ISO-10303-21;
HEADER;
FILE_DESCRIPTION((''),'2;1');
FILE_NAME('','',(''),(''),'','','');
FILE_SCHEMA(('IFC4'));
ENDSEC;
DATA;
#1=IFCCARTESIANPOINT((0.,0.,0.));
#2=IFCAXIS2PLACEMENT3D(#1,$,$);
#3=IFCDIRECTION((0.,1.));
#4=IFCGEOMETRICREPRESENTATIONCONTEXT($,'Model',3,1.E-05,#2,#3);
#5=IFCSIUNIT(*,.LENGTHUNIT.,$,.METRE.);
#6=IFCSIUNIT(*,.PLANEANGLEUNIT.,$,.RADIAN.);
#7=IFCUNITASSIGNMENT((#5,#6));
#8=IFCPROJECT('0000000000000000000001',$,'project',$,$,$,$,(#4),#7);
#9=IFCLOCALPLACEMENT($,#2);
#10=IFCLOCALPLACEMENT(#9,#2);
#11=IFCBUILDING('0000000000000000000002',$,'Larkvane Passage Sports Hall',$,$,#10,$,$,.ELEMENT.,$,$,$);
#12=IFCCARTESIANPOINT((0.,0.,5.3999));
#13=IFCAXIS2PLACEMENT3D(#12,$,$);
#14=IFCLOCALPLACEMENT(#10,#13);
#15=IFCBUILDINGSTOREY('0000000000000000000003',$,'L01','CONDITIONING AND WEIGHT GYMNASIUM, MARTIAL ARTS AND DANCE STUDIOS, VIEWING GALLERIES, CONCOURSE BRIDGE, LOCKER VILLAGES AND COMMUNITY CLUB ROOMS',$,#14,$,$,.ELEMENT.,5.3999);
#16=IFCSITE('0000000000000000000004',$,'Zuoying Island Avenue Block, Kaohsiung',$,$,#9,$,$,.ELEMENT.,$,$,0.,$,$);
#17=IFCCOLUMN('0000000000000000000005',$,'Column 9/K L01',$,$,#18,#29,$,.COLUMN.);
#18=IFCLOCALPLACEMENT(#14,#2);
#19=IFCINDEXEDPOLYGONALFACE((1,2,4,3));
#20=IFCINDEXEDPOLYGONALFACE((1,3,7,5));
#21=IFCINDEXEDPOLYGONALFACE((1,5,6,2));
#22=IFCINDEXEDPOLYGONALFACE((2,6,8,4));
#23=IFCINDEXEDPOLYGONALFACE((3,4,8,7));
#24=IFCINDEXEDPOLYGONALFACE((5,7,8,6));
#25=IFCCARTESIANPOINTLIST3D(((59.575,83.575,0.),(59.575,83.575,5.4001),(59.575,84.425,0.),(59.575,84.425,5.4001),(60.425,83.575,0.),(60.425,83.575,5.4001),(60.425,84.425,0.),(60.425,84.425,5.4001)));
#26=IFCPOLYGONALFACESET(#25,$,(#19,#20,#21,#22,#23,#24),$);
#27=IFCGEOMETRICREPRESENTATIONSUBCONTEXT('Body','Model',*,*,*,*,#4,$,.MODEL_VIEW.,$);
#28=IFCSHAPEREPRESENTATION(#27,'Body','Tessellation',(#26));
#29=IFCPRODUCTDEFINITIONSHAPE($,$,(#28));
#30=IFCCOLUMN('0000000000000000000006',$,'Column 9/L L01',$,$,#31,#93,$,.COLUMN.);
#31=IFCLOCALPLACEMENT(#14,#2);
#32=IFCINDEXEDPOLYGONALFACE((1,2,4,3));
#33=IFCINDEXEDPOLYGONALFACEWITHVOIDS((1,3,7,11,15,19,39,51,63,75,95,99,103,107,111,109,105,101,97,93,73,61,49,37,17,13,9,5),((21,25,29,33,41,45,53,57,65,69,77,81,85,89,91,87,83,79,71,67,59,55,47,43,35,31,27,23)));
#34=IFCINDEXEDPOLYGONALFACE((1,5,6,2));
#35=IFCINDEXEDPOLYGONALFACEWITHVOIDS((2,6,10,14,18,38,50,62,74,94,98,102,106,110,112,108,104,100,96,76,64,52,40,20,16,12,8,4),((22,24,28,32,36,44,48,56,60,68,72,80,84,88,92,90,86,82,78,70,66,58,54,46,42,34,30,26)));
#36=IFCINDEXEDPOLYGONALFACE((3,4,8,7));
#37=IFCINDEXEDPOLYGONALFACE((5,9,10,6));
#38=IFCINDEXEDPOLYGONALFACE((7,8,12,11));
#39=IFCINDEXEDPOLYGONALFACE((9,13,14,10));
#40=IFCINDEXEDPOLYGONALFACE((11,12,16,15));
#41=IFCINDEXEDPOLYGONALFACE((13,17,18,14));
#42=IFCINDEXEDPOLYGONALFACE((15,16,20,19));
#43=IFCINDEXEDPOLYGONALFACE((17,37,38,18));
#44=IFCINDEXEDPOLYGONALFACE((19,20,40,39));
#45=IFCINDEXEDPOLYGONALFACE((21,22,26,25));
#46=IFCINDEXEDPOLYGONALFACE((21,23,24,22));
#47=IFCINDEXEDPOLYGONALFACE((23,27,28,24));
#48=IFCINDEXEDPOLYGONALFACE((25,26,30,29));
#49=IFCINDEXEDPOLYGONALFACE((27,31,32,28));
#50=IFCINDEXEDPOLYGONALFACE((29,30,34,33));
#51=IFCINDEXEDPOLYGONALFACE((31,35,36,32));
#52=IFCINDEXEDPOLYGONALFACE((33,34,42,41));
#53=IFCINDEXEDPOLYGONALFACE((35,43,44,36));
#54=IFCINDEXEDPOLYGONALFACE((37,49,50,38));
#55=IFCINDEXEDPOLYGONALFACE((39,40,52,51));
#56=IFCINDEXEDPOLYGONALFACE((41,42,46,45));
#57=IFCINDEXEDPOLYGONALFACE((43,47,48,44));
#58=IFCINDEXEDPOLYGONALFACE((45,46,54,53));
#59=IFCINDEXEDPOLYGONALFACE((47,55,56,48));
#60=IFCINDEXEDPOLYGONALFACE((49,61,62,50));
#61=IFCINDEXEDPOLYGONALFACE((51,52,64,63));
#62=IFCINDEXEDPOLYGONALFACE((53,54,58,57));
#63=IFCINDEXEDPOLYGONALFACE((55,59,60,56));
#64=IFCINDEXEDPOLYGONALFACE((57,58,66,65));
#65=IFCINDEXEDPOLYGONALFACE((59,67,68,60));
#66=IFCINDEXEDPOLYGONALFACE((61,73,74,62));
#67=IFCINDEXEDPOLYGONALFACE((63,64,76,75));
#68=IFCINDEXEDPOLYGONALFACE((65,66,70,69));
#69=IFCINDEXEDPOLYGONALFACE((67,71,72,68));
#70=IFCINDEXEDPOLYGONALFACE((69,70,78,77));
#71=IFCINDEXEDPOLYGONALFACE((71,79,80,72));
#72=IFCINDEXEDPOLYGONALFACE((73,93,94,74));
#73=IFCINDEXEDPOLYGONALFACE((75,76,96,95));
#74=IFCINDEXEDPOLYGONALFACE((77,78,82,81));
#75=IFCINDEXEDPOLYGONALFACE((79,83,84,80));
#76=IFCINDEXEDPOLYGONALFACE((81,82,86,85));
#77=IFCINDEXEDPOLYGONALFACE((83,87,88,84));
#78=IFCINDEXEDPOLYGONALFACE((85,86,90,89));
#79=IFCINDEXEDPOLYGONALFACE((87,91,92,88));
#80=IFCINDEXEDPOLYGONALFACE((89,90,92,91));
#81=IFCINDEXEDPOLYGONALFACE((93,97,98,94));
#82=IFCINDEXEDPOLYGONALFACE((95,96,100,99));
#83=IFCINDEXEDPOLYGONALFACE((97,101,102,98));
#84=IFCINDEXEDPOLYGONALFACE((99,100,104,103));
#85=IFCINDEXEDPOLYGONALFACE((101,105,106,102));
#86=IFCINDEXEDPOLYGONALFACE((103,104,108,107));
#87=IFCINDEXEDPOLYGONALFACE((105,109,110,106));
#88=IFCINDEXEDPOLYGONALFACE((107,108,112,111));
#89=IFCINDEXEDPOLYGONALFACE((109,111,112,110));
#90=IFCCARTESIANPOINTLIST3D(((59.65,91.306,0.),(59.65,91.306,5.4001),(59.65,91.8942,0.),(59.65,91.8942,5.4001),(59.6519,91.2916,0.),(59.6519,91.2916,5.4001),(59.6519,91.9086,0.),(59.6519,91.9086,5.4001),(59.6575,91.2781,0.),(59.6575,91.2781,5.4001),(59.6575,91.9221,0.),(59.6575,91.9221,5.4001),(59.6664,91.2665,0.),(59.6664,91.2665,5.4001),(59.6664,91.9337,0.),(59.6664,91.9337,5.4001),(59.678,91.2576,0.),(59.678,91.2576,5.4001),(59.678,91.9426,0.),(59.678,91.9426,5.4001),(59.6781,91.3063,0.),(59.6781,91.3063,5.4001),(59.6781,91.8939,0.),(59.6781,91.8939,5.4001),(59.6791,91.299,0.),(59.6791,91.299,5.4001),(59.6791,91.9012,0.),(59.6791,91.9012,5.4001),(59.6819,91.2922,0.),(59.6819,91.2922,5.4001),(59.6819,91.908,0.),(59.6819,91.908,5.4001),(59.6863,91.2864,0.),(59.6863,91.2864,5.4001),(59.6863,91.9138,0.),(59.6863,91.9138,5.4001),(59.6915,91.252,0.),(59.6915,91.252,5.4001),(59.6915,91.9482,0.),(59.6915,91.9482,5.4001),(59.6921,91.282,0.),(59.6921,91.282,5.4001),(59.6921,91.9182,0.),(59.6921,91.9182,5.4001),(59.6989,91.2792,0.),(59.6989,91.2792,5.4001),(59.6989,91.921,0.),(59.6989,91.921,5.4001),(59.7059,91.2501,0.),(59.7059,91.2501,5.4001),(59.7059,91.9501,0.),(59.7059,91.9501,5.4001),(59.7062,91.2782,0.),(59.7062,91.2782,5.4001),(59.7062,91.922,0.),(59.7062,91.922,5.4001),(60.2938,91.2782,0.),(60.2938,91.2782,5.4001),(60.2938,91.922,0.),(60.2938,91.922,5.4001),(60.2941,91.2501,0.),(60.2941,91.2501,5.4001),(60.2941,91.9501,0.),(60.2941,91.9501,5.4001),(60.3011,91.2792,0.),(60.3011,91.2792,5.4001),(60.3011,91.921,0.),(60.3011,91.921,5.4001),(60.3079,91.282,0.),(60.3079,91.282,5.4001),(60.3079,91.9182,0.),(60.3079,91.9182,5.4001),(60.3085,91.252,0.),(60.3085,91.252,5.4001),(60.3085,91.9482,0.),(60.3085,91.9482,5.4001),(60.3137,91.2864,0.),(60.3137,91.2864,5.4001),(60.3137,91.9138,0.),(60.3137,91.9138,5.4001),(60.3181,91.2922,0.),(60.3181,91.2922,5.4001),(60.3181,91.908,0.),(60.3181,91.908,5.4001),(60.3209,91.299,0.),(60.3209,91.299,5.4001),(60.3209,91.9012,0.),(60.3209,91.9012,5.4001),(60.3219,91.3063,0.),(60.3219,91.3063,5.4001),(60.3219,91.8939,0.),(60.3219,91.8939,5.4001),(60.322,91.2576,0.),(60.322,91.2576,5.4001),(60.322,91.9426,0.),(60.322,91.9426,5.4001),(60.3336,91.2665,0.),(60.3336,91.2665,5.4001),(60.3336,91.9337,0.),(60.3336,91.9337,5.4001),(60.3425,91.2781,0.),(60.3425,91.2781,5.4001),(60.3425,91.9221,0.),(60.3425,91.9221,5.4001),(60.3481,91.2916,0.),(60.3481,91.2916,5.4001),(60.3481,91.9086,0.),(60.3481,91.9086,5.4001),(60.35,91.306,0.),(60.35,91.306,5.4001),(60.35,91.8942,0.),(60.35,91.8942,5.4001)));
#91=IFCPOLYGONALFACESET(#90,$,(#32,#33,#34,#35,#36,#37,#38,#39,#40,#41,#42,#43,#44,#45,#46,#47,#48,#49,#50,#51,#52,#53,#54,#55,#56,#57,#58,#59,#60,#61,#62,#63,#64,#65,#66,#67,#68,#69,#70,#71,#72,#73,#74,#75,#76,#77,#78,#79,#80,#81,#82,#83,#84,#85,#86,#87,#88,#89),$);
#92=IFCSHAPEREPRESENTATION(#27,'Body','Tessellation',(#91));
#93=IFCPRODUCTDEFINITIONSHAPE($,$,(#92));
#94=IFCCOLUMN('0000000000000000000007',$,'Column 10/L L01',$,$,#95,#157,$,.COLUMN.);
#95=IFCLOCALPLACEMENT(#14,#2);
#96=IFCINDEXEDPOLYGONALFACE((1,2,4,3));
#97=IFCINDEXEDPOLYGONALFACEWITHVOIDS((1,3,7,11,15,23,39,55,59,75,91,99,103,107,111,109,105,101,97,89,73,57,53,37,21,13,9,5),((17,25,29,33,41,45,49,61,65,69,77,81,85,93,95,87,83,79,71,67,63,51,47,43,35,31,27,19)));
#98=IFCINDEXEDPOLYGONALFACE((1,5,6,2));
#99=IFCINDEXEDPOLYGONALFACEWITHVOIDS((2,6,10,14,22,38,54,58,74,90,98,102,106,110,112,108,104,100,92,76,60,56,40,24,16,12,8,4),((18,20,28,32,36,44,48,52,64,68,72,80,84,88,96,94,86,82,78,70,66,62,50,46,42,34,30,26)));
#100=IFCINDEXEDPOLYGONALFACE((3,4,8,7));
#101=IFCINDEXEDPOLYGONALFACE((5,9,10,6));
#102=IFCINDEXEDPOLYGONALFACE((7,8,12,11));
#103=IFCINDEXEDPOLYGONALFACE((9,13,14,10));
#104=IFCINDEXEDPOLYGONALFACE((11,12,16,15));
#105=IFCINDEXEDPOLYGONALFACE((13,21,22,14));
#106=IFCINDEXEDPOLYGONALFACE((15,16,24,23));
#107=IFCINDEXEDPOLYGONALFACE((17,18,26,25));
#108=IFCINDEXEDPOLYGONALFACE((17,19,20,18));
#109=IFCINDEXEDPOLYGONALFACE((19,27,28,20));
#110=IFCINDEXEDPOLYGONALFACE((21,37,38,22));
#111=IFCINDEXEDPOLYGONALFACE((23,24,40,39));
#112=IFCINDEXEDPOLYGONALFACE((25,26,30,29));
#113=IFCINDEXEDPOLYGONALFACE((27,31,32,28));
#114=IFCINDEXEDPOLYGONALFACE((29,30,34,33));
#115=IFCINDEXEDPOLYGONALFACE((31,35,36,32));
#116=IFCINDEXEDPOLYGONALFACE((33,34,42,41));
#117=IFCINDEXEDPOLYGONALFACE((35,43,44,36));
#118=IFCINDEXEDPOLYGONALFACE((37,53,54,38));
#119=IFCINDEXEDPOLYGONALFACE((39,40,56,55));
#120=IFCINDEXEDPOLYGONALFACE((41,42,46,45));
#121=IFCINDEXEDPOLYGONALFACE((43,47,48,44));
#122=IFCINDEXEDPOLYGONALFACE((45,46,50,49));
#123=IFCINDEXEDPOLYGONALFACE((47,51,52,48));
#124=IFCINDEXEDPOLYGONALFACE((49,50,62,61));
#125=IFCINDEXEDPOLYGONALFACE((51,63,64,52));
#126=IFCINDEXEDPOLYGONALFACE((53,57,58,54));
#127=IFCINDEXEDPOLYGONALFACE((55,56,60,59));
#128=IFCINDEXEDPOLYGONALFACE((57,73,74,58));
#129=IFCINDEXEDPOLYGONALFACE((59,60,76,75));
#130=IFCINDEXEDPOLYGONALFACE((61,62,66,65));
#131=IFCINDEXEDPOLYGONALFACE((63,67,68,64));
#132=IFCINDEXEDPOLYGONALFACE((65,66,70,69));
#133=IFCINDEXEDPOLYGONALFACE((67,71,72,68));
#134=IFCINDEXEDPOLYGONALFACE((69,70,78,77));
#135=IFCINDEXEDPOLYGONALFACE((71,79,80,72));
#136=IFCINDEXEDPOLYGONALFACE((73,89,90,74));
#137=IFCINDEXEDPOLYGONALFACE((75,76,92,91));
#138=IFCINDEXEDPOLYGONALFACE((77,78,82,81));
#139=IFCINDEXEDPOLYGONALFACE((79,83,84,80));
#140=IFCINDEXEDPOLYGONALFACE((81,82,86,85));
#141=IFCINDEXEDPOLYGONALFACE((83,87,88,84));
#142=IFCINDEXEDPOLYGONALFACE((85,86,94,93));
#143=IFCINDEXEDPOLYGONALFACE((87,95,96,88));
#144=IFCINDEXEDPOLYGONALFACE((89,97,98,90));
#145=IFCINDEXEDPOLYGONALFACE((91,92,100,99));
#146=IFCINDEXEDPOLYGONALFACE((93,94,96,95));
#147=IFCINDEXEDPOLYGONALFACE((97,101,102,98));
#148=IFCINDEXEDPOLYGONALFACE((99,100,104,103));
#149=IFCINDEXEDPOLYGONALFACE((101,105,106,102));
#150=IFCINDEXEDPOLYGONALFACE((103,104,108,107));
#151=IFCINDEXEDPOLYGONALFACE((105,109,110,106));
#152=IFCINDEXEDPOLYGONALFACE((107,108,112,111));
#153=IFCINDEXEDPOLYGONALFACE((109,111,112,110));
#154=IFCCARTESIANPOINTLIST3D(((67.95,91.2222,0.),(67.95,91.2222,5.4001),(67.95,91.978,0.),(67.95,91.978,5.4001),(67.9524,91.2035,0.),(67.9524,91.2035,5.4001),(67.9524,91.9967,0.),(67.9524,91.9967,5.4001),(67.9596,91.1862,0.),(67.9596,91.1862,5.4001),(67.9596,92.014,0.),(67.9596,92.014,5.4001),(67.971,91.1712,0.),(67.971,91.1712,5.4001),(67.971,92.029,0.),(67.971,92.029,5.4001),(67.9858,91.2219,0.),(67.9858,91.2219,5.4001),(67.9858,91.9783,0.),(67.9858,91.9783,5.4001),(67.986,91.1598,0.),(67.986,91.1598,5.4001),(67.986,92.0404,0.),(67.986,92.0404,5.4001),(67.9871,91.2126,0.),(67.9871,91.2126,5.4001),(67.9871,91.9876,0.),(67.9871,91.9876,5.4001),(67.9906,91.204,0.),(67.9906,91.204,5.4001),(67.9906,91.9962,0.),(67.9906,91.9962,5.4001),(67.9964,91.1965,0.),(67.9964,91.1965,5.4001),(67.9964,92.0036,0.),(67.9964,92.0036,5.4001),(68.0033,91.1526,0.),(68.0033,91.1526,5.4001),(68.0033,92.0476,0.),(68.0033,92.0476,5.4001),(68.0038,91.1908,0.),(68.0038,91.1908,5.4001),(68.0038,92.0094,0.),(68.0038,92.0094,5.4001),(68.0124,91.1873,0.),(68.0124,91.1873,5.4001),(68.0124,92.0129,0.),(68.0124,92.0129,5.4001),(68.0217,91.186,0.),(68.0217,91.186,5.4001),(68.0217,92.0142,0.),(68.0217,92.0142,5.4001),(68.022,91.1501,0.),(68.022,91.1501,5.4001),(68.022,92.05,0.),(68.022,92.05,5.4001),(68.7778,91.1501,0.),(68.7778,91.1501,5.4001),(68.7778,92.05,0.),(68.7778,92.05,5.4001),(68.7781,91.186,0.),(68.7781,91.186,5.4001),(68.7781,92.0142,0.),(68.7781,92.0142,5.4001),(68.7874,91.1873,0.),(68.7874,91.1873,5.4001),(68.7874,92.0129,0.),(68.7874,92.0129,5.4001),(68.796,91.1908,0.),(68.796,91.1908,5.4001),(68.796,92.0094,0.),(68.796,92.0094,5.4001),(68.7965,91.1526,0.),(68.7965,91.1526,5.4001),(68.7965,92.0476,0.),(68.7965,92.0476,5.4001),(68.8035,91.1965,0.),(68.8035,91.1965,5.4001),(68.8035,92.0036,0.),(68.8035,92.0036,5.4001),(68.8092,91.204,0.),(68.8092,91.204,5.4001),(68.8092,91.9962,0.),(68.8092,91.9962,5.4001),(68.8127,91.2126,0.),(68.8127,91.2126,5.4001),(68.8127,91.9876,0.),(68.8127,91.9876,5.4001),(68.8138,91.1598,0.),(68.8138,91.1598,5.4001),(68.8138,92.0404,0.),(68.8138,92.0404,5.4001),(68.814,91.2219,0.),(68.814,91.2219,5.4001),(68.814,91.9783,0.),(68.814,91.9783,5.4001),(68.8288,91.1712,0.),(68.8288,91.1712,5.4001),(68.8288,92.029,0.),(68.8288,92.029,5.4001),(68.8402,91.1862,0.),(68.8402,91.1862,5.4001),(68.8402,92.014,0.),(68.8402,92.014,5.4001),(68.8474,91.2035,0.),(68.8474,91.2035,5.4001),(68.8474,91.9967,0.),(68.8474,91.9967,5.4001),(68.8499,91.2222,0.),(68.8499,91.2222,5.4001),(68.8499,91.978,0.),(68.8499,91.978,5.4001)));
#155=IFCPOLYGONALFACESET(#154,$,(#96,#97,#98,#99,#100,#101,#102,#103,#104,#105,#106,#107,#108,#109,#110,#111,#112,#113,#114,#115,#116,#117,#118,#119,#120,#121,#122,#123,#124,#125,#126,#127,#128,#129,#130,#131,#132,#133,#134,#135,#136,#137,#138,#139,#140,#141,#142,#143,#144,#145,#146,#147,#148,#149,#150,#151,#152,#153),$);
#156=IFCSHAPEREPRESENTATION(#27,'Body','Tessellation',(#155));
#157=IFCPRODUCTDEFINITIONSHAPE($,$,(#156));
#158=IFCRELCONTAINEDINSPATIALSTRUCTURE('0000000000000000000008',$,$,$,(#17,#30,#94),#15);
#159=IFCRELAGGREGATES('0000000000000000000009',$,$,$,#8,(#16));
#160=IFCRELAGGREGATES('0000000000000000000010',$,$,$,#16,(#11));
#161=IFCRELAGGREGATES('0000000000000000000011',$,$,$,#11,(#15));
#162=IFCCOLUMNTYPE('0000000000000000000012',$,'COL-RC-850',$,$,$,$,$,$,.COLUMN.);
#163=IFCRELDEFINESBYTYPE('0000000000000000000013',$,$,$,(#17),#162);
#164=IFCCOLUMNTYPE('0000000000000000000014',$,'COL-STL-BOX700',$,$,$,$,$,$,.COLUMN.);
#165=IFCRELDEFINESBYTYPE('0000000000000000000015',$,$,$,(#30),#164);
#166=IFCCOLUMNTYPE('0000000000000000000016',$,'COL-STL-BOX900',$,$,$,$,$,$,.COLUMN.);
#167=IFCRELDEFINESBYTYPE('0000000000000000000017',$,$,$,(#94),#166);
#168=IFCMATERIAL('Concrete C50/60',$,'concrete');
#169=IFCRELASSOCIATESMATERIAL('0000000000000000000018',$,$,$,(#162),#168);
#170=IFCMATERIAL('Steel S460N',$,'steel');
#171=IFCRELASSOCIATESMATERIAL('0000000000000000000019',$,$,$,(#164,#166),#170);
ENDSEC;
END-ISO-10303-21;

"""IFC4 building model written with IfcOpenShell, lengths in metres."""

from ifc_helpers import new_model, si_unit, direction, frame, origin, origin_2d, place, context, subcontext, project, spatial, rectangle, hollow_rectangle, extrude, material, material_profile, profile_set, type_object, element, save


model = new_model("IFC4")

# Units and contexts
model_context = context("Model", 3, precision=1e-05, world=origin(), true_north=direction((0.0, 1.0)))
body_context = subcontext(model_context, "Body", "Model", "MODEL_VIEW")
ifc_project = project(units=[si_unit("LENGTHUNIT", "METRE"), si_unit("PLANEANGLEUNIT", "RADIAN")], contexts=[model_context])

# Site, building, storey
site_placement = place(None, origin())
site = spatial("IfcSite", under=ifc_project, at=site_placement, Name="Zuoying Island Avenue Block, Kaohsiung", CompositionType="ELEMENT", RefElevation=0.0)
building_placement = place(site_placement, origin())
building = spatial("IfcBuilding", under=site, at=building_placement, Name="Larkvane Passage Sports Hall", CompositionType="ELEMENT")
storey_placement = place(building_placement, frame((0.0, 0.0, 5.3999)))
storey = spatial("IfcBuildingStorey", under=building, at=storey_placement, Name="L01", Description="CONDITIONING AND WEIGHT GYMNASIUM, MARTIAL ARTS AND DANCE STUDIOS, VIEWING GALLERIES, CONCOURSE BRIDGE, LOCKER VILLAGES AND COMMUNITY CLUB ROOMS", CompositionType="ELEMENT", Elevation=5.3999)

# Columns
ifc_material_1 = material(Name="Concrete C50/60", Category="concrete")
ifc_material_profile_1 = material_profile(ifc_material_1, rectangle(XDim=0.8501, YDim=0.8501, at=origin_2d()), Name="RC-COL-850x850")
ifc_profile_set_1 = profile_set([ifc_material_profile_1], Name="Concrete C50/60")
column_type_1 = type_object("IfcColumnType", Name="COL-RC-850", PredefinedType="COLUMN", material=ifc_profile_set_1)
column_1_placement = place(storey_placement, frame((60.0, 84.0, 0.0), z_axis=(0.0, 0.0, 1.0), x_axis=(1.0, 0.0, 0.0)))
element("IfcColumn", 1, at=column_1_placement, inside=storey, type_object=column_type_1, Name="Column 9/K L01", PredefinedType="COLUMN", context=body_context, shape_type="SweptSolid", body=[
    extrude(rectangle(XDim=0.8501, YDim=0.8501, at=origin_2d()), origin(), (0.0, 0.0, 1.0), 5.4001),
])
ifc_material_2 = material(Name="Steel S460N", Category="steel")
ifc_material_profile_2 = material_profile(ifc_material_2, hollow_rectangle(XDim=0.7, YDim=0.7, WallThickness=0.0281, InnerFilletRadius=0.0281, OuterFilletRadius=0.0559, at=origin_2d()), Name="BOX-700x700x28")
ifc_profile_set_2 = profile_set([ifc_material_profile_2], Name="Steel S460N")
column_type_2 = type_object("IfcColumnType", Name="COL-STL-BOX700", PredefinedType="COLUMN", material=ifc_profile_set_2)
column_2_placement = place(storey_placement, frame((60.0, 91.6001, 0.0), z_axis=(0.0, 0.0, 1.0), x_axis=(1.0, 0.0, 0.0)))
element("IfcColumn", 2, at=column_2_placement, inside=storey, type_object=column_type_2, Name="Column 9/L L01", PredefinedType="COLUMN", context=body_context, shape_type="SweptSolid", body=[
    extrude(hollow_rectangle(XDim=0.7, YDim=0.7, WallThickness=0.0281, InnerFilletRadius=0.0281, OuterFilletRadius=0.0559, at=origin_2d()), origin(), (0.0, 0.0, 1.0), 5.4001),
])
ifc_material_profile_3 = material_profile(ifc_material_2, hollow_rectangle(XDim=0.8999, YDim=0.8999, WallThickness=0.0359, InnerFilletRadius=0.0359, OuterFilletRadius=0.072, at=origin_2d()), Name="BOX-900x900x36")
ifc_profile_set_3 = profile_set([ifc_material_profile_3], Name="Steel S460N")
column_type_3 = type_object("IfcColumnType", Name="COL-STL-BOX900", PredefinedType="COLUMN", material=ifc_profile_set_3)
column_3_placement = place(storey_placement, frame((68.3999, 91.6001, 0.0), z_axis=(0.0, 0.0, 1.0), x_axis=(1.0, 0.0, 0.0)))
element("IfcColumn", 3, at=column_3_placement, inside=storey, type_object=column_type_3, Name="Column 10/L L01", PredefinedType="COLUMN", context=body_context, shape_type="SweptSolid", body=[
    extrude(hollow_rectangle(XDim=0.8999, YDim=0.8999, WallThickness=0.0359, InnerFilletRadius=0.0359, OuterFilletRadius=0.072, at=origin_2d()), origin(), (0.0, 0.0, 1.0), 5.4001),
])

save(model, "model.ifc")
